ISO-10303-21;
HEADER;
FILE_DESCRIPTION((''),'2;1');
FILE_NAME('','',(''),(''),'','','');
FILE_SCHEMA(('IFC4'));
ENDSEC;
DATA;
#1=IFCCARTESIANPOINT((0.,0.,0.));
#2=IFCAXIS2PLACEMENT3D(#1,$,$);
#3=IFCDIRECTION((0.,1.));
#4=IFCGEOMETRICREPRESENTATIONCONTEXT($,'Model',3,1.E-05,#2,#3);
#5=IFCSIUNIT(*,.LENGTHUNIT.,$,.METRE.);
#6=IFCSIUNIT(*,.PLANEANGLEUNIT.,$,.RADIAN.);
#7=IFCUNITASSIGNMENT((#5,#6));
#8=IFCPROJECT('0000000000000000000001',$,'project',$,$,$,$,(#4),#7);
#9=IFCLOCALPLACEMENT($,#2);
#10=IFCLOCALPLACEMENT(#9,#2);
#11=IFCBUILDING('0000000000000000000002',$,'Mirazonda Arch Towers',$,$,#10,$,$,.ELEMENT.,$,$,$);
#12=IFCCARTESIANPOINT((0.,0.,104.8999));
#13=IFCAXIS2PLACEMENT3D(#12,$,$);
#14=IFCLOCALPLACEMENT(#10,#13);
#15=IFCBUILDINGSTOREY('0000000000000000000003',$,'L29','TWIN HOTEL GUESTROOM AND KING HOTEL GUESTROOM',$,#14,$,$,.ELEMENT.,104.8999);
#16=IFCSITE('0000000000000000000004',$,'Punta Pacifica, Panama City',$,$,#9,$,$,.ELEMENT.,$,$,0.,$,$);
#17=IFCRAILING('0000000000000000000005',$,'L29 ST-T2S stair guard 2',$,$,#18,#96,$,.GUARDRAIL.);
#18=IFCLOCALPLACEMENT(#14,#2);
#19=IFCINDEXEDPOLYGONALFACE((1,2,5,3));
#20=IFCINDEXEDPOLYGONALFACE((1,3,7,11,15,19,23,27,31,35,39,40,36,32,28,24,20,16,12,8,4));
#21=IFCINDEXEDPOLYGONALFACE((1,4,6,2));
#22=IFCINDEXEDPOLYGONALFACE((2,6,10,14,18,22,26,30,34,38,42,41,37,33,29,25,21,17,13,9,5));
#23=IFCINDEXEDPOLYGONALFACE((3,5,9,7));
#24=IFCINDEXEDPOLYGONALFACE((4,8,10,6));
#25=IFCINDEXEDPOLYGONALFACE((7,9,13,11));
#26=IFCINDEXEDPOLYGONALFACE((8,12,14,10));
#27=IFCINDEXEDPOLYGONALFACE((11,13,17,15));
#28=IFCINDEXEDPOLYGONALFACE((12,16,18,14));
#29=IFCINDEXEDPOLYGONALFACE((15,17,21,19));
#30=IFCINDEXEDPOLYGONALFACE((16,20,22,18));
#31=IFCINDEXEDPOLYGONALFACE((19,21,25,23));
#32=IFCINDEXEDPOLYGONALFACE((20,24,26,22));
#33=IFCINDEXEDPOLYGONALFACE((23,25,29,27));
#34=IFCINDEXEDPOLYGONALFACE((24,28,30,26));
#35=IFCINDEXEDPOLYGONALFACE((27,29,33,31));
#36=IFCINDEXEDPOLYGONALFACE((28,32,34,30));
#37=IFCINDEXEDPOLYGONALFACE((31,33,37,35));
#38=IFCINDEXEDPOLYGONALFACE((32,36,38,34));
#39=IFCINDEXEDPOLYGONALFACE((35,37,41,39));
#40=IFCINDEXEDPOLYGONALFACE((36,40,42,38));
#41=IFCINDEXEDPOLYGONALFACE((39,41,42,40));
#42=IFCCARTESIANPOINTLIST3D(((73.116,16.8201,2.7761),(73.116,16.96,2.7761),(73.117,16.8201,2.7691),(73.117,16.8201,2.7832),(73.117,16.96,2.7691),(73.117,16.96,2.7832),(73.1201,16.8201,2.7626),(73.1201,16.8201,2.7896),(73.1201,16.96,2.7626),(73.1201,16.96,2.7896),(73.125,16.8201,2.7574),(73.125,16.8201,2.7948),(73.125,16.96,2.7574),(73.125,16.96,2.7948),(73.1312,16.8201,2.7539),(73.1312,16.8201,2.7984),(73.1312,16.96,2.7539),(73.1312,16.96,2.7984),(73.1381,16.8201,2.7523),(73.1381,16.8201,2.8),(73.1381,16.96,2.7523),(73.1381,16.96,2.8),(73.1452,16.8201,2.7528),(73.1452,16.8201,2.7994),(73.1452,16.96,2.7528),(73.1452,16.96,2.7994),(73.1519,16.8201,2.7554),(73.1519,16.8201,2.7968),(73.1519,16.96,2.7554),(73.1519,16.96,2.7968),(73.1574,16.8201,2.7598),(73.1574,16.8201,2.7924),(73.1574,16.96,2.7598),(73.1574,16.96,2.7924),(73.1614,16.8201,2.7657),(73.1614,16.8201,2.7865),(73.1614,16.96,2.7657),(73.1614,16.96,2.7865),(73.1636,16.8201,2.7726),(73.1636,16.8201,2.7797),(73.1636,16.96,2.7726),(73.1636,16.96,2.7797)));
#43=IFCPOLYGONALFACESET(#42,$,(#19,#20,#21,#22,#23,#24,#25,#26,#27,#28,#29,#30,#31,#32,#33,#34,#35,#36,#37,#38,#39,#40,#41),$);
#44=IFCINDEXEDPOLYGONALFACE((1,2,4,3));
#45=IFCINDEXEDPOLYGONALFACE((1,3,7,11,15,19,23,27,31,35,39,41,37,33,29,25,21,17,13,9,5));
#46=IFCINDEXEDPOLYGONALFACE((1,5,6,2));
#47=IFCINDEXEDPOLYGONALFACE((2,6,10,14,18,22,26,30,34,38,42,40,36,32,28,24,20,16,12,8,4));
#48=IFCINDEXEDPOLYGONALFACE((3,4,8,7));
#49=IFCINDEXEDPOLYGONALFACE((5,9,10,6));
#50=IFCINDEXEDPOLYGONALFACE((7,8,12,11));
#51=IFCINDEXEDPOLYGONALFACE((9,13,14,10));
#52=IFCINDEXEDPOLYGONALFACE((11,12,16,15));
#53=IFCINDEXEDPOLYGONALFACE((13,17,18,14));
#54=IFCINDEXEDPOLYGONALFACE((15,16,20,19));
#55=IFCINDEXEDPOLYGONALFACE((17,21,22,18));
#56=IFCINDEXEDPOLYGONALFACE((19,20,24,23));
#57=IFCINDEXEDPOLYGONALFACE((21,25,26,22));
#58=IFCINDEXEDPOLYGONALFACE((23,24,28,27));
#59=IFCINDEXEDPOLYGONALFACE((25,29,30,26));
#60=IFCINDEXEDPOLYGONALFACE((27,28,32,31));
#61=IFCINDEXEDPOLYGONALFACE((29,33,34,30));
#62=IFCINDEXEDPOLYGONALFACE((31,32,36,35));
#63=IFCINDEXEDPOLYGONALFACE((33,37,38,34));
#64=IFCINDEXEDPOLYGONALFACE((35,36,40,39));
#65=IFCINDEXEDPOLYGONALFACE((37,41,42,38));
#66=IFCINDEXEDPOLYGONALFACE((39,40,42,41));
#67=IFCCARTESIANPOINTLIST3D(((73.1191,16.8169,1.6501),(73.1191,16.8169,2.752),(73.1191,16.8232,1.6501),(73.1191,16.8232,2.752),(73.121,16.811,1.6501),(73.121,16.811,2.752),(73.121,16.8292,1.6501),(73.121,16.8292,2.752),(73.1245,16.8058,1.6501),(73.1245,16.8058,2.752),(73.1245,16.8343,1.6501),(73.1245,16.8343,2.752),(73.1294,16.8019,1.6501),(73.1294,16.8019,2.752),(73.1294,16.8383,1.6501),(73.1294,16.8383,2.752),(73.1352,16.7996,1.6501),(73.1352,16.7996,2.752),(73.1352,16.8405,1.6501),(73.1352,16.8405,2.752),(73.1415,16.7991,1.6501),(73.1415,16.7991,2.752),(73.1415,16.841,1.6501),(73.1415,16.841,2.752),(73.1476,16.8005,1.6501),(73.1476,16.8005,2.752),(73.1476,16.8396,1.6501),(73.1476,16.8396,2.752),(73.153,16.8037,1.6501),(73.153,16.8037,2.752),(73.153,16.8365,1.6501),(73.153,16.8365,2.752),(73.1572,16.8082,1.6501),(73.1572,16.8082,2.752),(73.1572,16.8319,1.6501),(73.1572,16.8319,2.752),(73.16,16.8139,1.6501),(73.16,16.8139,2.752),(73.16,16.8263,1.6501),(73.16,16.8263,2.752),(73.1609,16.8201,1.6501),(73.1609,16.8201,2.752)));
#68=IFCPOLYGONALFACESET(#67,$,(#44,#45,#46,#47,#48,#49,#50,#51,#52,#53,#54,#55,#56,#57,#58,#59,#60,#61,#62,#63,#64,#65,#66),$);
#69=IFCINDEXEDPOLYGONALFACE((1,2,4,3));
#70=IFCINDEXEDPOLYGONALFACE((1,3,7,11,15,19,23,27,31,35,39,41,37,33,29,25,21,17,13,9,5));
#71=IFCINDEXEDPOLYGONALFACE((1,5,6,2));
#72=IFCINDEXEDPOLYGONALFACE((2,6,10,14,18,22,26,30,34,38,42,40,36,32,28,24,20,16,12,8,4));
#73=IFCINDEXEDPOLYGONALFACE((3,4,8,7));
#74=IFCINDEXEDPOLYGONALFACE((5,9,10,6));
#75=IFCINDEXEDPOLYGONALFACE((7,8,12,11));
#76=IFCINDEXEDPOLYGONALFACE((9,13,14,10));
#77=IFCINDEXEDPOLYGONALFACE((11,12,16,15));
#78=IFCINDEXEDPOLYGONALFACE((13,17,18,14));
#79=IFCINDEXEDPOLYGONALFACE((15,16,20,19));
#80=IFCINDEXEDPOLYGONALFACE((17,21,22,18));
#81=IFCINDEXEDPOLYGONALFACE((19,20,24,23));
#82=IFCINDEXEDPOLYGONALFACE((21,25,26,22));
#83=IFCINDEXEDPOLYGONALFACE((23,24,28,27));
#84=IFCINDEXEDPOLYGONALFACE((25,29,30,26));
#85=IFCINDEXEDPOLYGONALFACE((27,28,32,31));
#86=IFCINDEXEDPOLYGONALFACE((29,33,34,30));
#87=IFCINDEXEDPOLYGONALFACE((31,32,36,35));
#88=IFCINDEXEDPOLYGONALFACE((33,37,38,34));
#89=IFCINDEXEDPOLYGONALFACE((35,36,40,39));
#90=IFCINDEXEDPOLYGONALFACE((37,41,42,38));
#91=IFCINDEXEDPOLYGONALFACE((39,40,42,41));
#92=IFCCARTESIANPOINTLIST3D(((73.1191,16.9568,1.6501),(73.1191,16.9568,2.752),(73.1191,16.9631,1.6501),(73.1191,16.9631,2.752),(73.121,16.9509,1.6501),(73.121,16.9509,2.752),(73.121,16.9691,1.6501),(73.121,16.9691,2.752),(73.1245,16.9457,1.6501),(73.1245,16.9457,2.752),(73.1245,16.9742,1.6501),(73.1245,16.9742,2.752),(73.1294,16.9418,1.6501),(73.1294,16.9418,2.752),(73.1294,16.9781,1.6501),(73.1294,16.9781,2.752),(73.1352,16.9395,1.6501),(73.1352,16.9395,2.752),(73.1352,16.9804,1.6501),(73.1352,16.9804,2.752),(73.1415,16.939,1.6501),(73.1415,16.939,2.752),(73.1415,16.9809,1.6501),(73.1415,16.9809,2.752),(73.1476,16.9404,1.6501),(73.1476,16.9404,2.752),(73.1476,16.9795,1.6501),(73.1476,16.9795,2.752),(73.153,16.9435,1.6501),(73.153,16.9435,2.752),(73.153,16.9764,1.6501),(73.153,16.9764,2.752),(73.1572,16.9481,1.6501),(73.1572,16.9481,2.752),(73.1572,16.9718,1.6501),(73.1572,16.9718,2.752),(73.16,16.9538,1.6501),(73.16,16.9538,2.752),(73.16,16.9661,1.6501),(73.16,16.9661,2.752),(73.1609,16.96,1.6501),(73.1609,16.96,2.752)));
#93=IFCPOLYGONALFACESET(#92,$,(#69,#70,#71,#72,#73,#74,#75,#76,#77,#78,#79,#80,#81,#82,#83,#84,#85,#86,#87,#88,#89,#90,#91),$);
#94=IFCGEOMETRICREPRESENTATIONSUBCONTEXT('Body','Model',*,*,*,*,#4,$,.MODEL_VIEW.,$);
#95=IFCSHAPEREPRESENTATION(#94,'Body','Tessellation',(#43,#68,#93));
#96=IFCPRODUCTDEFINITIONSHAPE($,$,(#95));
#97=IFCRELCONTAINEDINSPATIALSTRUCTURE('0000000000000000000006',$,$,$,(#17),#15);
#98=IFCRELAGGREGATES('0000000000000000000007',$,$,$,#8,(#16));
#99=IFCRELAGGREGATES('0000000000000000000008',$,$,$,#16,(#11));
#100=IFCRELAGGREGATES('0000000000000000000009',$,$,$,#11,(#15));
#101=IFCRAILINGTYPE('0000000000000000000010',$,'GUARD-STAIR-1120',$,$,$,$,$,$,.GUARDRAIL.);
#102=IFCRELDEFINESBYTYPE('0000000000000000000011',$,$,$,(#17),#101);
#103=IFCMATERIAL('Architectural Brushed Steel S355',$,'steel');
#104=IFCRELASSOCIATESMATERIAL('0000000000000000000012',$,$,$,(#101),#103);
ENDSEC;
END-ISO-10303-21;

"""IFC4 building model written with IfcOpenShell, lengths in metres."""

from ifc_helpers import new_model, si_unit, direction, frame, origin, origin_2d, place, context, subcontext, project, spatial, circle, extrude, material, type_object, element, save


model = new_model("IFC4")

# Units and contexts
model_context = context("Model", 3, precision=1e-05, world=origin(), true_north=direction((0.0, 1.0)))
body_context = subcontext(model_context, "Body", "Model", "MODEL_VIEW")
ifc_project = project(units=[si_unit("LENGTHUNIT", "METRE"), si_unit("PLANEANGLEUNIT", "RADIAN")], contexts=[model_context])

# Site, building, storey
site_placement = place(None, origin())
site = spatial("IfcSite", under=ifc_project, at=site_placement, Name="Punta Pacifica, Panama City", CompositionType="ELEMENT", RefElevation=0.0)
building_placement = place(site_placement, origin())
building = spatial("IfcBuilding", under=site, at=building_placement, Name="Mirazonda Arch Towers", CompositionType="ELEMENT")
storey_placement = place(building_placement, frame((0.0, 0.0, 104.8999)))
storey = spatial("IfcBuildingStorey", under=building, at=storey_placement, Name="L29", Description="TWIN HOTEL GUESTROOM AND KING HOTEL GUESTROOM", CompositionType="ELEMENT", Elevation=104.8999)

# Railing
ifc_material_1 = material(Name="Architectural Brushed Steel S355", Category="steel")
railing_type_1 = type_object("IfcRailingType", Name="GUARD-STAIR-1120", PredefinedType="GUARDRAIL", material=ifc_material_1)
railing_1_placement = place(storey_placement, frame((73.1399, 16.8201, 1.6501)))
element("IfcRailing", 1, at=railing_1_placement, inside=storey, type_object=railing_type_1, Name="L29 ST-T2S stair guard 2", PredefinedType="GUARDRAIL", context=body_context, shape_type="SweptSolid", body=[
    extrude(circle(Radius=0.0239, at=origin_2d()), frame((0.0, 0.0, 1.126), z_axis=(0.0, 1.0, 0.0), x_axis=(-1.0, 0.0, 0.0)), (0.0, 0.0, 1.0), 0.1399),
    extrude(circle(Radius=0.021, at=origin_2d()), origin(), (0.0, 0.0, 1.0), 1.1018),
    extrude(circle(Radius=0.021, at=origin_2d()), frame((0.0, 0.1399, 0.0)), (0.0, 0.0, 1.0), 1.1018),
])

save(model, "model.ifc")
